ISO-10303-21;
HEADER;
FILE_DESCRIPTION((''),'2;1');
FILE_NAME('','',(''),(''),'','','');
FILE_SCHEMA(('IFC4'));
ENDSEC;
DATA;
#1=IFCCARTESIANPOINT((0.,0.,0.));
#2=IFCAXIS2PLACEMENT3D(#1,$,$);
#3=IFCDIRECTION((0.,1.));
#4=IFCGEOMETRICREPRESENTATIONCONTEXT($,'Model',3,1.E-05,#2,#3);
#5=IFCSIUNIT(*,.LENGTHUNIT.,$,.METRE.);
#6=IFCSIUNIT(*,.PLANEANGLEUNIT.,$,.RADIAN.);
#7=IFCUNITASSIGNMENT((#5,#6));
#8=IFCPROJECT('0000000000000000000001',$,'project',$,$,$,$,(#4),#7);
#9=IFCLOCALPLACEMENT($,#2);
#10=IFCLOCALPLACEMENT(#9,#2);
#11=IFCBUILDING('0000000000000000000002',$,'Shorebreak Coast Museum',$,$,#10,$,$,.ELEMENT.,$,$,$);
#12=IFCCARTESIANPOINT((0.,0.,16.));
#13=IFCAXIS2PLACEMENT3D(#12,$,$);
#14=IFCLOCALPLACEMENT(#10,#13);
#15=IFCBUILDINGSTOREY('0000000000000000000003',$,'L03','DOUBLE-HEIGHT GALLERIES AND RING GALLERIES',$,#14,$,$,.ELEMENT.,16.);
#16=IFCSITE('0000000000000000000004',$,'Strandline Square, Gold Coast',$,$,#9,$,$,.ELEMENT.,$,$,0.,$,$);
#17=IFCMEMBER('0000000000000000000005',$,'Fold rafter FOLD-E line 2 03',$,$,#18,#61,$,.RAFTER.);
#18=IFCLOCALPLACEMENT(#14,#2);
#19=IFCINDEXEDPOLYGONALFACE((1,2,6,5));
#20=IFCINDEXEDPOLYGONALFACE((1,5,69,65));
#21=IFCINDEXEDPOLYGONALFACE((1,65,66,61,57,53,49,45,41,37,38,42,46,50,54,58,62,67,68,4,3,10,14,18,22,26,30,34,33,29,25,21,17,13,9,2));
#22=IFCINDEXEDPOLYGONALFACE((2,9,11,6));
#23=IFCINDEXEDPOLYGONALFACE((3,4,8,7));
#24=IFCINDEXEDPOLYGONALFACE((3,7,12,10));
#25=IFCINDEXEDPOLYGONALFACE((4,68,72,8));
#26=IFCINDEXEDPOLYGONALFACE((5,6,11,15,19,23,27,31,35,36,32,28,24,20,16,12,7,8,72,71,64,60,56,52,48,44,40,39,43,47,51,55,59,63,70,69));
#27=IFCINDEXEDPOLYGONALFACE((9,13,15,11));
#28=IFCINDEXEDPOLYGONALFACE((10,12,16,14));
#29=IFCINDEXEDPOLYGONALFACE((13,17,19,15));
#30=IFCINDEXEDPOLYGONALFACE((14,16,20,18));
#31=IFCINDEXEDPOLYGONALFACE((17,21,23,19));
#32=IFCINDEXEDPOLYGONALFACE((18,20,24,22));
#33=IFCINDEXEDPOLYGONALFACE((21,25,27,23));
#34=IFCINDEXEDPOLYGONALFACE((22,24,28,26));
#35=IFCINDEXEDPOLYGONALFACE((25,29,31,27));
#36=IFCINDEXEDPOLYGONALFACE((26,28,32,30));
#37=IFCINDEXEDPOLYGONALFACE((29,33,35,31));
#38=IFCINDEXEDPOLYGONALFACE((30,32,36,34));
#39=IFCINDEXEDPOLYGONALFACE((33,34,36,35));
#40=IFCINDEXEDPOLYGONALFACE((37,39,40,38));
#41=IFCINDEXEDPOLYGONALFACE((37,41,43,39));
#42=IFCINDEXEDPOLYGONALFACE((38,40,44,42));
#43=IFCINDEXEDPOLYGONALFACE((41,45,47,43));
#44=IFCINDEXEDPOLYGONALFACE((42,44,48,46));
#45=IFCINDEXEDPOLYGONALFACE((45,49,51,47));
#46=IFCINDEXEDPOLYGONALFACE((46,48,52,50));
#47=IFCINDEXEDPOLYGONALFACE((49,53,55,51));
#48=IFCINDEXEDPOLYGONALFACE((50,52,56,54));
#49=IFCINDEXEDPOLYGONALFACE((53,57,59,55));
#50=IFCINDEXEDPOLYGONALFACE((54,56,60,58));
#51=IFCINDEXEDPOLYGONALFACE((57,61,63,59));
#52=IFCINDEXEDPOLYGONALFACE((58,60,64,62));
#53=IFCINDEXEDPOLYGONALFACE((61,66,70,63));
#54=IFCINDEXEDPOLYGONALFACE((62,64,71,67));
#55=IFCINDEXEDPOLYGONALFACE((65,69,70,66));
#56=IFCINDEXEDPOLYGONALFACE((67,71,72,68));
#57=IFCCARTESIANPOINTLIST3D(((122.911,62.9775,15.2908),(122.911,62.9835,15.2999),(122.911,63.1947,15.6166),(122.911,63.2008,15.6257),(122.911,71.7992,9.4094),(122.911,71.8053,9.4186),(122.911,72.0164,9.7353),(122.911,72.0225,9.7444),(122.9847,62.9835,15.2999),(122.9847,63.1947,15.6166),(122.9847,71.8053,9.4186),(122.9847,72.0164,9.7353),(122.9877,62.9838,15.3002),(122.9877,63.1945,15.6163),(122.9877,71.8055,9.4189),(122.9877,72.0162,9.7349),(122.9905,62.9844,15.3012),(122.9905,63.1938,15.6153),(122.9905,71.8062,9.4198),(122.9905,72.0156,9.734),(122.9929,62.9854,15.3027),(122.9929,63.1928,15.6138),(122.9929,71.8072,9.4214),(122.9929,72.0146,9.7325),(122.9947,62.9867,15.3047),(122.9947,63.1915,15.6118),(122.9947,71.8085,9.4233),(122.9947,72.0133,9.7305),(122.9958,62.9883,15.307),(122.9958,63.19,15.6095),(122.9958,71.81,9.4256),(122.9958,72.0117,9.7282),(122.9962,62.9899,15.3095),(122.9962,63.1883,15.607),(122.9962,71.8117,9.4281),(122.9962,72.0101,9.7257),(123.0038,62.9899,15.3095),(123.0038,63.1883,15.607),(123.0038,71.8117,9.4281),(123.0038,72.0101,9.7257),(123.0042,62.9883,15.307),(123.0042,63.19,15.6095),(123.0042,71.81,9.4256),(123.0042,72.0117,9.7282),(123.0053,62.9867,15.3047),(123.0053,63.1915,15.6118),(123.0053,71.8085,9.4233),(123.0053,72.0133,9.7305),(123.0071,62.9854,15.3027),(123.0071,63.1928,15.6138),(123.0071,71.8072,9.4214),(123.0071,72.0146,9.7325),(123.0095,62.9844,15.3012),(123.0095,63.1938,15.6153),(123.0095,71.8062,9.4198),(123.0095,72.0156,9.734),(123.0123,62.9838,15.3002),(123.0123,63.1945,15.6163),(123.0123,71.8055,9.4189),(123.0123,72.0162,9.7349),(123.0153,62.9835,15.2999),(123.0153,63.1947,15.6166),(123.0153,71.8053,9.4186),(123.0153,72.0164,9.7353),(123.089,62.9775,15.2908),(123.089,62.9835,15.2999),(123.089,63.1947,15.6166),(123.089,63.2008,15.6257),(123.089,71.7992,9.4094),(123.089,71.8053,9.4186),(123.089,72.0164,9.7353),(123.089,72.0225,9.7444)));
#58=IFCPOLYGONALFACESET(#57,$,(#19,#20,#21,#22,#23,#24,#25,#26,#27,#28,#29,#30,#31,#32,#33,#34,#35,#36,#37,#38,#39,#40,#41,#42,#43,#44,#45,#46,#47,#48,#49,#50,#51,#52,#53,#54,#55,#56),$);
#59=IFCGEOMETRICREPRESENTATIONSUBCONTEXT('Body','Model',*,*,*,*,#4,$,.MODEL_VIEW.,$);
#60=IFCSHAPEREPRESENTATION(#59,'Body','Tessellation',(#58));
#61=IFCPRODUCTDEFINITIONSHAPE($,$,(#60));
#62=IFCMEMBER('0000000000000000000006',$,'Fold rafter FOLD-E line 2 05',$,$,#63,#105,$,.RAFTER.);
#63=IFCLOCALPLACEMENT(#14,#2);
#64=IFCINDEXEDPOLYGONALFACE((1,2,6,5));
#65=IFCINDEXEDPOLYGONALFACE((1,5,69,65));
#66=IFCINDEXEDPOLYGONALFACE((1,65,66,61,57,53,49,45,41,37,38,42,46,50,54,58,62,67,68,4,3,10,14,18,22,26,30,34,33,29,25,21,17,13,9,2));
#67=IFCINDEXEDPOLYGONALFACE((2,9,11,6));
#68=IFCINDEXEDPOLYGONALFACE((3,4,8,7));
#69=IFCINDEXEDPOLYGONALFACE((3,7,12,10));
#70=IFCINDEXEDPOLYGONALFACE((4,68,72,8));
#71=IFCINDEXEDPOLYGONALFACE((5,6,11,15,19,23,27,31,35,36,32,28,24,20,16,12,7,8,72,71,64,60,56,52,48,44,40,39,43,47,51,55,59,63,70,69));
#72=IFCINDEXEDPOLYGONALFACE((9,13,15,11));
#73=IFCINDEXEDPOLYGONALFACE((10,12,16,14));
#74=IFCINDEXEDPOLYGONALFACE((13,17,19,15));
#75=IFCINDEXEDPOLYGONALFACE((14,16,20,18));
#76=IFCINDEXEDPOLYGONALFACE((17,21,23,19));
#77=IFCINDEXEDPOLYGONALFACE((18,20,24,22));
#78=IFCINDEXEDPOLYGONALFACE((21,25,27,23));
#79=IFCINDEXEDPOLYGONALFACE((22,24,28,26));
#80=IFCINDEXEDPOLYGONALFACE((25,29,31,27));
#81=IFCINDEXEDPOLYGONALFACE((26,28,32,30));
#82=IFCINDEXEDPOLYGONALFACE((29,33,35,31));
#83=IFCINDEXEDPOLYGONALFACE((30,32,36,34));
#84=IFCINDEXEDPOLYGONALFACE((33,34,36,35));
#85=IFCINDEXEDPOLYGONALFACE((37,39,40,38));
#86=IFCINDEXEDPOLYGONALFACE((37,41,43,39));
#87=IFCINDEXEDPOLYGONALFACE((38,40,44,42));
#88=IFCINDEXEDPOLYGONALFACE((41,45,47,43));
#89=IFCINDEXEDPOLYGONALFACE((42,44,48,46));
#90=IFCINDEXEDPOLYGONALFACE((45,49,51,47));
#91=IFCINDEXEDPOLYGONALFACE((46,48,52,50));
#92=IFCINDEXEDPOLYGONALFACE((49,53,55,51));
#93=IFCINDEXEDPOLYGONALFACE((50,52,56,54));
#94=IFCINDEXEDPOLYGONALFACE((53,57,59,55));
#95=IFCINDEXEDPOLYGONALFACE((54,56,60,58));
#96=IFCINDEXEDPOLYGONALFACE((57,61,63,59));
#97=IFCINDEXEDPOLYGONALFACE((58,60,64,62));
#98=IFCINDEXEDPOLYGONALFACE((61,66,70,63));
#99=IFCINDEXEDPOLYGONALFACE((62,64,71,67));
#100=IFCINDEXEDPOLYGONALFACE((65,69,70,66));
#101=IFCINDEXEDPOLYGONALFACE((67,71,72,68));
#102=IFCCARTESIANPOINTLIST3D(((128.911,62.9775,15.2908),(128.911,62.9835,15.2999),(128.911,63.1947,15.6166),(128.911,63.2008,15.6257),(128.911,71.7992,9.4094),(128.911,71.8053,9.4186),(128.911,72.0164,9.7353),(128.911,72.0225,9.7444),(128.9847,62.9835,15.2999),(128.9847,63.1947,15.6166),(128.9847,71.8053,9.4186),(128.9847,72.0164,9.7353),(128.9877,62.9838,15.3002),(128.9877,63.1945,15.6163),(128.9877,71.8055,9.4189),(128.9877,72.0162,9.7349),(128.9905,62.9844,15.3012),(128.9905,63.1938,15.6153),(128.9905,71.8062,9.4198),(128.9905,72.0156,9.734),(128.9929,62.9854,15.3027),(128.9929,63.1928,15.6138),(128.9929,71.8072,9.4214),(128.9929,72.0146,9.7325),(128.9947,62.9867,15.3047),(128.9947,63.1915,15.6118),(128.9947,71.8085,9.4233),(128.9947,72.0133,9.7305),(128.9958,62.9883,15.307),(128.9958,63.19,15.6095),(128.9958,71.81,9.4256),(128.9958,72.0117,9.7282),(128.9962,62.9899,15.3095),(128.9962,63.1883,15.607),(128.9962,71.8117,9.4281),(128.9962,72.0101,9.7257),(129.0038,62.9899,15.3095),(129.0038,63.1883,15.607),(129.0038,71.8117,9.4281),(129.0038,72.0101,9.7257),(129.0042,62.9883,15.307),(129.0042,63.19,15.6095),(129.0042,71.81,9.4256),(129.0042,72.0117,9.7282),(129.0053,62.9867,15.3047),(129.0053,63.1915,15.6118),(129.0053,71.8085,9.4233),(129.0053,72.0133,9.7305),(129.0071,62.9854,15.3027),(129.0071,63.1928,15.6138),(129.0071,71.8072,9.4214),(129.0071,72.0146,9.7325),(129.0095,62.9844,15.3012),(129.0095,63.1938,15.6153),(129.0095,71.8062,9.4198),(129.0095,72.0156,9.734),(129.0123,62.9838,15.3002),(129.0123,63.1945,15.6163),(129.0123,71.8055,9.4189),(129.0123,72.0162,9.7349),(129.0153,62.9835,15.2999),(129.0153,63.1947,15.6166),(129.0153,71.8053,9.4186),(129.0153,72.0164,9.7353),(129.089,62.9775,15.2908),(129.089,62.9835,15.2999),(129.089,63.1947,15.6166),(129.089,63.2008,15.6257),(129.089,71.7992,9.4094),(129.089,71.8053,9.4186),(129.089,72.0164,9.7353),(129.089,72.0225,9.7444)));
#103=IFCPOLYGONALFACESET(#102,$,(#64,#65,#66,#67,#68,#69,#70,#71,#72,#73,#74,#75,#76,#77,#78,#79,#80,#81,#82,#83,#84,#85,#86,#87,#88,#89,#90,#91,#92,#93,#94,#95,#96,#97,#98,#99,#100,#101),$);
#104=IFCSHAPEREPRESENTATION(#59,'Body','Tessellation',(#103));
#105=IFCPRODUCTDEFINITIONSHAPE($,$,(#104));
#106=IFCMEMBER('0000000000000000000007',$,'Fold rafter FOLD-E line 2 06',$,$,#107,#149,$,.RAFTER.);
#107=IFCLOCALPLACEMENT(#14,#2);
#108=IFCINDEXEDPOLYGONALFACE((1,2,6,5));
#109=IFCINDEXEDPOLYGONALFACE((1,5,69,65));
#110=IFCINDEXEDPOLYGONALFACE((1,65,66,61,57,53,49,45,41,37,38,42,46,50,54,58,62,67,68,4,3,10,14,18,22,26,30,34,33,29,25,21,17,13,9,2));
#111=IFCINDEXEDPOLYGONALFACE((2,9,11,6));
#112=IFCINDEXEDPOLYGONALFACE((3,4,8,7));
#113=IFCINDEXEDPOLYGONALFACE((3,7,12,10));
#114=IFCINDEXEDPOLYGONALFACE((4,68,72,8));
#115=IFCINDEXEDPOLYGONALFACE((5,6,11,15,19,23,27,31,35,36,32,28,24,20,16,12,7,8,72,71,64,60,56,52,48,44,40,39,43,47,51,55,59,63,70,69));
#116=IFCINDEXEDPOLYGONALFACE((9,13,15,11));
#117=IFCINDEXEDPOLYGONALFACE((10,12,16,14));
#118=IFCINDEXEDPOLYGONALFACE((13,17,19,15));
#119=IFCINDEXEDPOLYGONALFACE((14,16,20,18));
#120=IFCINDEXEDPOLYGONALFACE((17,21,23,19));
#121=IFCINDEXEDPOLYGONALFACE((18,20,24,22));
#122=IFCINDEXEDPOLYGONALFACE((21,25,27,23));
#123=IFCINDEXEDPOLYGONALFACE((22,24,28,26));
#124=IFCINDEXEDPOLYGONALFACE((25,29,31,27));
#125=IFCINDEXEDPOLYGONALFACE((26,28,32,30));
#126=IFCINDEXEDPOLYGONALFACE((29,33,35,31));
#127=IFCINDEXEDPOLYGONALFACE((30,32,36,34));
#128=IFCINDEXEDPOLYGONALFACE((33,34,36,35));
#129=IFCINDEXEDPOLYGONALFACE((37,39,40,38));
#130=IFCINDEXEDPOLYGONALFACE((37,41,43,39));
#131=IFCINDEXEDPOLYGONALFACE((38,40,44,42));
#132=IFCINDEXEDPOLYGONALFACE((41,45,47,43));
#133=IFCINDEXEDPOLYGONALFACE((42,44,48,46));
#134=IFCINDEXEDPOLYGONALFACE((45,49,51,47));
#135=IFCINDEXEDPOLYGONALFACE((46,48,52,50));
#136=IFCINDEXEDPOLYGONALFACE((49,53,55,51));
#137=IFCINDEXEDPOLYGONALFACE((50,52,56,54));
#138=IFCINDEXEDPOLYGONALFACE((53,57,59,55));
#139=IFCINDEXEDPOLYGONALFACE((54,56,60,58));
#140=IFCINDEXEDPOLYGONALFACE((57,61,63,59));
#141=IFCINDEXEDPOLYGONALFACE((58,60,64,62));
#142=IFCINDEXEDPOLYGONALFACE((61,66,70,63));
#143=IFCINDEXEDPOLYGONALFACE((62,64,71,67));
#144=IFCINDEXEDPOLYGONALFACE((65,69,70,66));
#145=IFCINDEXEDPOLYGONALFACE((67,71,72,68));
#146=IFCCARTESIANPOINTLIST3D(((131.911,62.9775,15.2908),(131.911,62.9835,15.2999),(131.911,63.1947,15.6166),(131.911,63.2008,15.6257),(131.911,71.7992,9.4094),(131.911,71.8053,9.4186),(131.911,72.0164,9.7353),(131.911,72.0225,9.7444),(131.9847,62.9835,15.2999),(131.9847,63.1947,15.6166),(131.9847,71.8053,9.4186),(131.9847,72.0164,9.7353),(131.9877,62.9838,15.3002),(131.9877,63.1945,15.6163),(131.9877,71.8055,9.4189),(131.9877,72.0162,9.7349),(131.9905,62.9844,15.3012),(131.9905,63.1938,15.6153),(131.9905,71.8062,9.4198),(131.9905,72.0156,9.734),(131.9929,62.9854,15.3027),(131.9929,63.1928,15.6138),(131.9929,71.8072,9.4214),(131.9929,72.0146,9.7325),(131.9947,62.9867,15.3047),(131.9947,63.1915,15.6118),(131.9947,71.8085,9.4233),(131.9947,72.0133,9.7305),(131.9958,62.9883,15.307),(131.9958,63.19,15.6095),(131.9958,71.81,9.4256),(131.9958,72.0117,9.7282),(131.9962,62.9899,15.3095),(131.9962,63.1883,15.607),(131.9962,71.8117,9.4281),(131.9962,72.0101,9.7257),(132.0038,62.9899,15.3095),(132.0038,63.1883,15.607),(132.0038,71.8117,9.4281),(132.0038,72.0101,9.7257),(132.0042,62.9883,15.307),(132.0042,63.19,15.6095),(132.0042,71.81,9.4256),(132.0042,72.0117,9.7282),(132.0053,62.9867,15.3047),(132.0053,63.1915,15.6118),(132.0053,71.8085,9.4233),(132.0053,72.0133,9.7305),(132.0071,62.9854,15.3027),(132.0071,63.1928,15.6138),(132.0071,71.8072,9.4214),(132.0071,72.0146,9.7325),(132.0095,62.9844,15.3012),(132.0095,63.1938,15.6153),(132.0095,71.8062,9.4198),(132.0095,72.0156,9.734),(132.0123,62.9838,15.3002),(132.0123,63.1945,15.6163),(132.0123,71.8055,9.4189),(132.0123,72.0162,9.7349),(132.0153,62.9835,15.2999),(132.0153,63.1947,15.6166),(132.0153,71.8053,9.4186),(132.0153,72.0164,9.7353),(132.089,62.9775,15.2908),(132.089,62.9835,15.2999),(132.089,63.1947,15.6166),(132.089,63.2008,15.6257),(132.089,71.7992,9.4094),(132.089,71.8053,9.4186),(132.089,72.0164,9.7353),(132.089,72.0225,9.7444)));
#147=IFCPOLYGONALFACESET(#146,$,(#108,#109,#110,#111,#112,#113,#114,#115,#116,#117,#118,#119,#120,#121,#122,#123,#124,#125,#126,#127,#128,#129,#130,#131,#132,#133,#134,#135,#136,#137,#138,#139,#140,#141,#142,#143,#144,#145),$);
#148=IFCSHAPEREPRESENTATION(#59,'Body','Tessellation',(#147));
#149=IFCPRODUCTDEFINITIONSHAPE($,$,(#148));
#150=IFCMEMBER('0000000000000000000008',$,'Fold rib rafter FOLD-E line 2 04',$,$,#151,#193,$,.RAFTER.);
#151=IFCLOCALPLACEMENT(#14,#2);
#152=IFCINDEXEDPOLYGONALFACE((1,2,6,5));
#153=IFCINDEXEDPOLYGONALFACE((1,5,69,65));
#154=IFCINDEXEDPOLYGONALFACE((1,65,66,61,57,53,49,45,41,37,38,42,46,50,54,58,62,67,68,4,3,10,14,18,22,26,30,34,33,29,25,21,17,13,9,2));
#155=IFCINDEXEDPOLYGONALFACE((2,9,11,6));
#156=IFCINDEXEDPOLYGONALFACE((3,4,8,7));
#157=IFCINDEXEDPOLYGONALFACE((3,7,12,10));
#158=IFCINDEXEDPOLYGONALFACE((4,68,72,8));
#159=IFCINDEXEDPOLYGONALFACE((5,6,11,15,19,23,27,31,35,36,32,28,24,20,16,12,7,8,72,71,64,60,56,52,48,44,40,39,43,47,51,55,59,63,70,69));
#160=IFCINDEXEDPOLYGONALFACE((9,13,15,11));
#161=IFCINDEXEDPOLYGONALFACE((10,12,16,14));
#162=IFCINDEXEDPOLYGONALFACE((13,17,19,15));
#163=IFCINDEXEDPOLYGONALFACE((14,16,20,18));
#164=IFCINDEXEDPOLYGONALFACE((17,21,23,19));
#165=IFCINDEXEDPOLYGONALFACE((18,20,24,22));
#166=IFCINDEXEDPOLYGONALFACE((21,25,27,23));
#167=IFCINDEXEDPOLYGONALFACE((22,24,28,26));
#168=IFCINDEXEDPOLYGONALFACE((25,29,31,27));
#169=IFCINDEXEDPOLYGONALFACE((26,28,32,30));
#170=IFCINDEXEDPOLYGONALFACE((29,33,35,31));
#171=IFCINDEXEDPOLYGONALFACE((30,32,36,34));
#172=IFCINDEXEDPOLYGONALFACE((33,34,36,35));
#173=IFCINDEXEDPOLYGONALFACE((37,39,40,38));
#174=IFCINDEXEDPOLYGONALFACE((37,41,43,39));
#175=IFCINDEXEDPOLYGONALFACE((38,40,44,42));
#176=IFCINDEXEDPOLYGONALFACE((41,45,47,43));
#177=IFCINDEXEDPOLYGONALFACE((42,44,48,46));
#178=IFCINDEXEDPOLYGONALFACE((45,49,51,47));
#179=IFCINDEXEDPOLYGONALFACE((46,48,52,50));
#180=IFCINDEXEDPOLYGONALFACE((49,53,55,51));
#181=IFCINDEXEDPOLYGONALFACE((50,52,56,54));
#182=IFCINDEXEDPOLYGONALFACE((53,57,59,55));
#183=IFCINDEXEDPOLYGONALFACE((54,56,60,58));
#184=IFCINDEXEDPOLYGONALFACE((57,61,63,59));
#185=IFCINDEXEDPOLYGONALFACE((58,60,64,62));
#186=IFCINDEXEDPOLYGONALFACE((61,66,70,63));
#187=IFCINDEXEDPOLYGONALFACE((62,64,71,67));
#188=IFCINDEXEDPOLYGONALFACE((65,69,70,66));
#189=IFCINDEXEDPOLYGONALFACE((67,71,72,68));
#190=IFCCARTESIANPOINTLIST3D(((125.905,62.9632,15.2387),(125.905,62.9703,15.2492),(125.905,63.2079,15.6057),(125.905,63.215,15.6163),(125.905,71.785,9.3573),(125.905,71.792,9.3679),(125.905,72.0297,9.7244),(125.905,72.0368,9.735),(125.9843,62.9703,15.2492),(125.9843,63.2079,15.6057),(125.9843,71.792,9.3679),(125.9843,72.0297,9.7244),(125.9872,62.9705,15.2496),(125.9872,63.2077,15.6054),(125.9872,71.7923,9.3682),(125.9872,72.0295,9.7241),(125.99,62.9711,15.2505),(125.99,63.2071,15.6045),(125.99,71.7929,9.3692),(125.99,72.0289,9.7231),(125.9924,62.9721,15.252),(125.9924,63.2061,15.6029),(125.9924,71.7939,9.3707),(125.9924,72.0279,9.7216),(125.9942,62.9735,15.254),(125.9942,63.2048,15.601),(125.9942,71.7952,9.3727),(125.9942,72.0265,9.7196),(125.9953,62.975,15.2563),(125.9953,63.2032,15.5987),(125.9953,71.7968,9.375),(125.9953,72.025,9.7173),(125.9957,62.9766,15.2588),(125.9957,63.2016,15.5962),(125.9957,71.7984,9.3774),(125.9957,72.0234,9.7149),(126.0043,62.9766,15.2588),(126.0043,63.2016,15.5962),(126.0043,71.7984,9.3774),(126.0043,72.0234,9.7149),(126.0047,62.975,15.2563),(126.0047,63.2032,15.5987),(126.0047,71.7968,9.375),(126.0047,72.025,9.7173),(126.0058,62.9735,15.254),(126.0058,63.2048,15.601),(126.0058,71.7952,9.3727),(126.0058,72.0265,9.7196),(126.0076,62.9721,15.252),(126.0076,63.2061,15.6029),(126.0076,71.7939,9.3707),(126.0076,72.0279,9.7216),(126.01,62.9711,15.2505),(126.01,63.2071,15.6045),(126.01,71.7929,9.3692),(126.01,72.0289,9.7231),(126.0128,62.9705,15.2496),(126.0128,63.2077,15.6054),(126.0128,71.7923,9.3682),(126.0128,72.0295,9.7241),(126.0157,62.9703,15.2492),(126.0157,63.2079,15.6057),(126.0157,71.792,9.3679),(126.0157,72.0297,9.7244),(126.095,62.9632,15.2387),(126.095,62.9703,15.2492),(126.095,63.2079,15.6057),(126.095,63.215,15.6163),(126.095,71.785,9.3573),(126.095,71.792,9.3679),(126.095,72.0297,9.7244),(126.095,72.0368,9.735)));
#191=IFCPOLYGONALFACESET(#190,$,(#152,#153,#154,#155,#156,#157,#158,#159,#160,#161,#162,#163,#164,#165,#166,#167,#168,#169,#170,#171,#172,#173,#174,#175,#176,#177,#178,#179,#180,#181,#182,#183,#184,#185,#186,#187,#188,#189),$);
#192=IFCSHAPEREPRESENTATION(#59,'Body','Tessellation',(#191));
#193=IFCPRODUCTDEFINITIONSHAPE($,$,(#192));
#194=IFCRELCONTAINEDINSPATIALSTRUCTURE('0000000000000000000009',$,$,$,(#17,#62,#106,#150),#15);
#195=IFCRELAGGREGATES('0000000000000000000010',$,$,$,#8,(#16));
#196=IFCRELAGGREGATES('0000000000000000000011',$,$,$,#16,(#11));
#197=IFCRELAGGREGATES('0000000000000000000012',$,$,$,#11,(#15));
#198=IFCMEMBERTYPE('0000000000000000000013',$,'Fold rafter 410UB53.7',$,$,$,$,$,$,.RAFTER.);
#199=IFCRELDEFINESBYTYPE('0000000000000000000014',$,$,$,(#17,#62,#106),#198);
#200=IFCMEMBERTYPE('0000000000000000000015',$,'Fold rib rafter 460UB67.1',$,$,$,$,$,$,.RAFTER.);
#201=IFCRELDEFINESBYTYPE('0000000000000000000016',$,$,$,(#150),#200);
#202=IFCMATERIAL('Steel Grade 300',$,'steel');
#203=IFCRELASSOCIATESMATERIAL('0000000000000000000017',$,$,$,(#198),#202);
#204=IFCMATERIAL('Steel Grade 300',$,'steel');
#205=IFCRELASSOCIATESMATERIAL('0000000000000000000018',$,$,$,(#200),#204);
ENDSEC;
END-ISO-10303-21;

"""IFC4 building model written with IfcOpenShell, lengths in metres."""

from ifc_helpers import new_model, si_unit, direction, frame, origin, origin_2d, place, context, subcontext, project, spatial, i_section, extrude, material, material_profile, profile_set, type_object, element, save


model = new_model("IFC4")

# Units and contexts
model_context = context("Model", 3, precision=1e-05, world=origin(), true_north=direction((0.0, 1.0)))
body_context = subcontext(model_context, "Body", "Model", "MODEL_VIEW")
ifc_project = project(units=[si_unit("LENGTHUNIT", "METRE"), si_unit("PLANEANGLEUNIT", "RADIAN")], contexts=[model_context])

# Site, building, storey
site_placement = place(None, origin())
site = spatial("IfcSite", under=ifc_project, at=site_placement, Name="Strandline Square, Gold Coast", CompositionType="ELEMENT", RefElevation=0.0)
building_placement = place(site_placement, origin())
building = spatial("IfcBuilding", under=site, at=building_placement, Name="Shorebreak Coast Museum", CompositionType="ELEMENT")
storey_placement = place(building_placement, frame((0.0, 0.0, 16.0)))
storey = spatial("IfcBuildingStorey", under=building, at=storey_placement, Name="L03", Description="DOUBLE-HEIGHT GALLERIES AND RING GALLERIES", CompositionType="ELEMENT", Elevation=16.0)

# Members
ifc_material_1 = material(Name="Steel Grade 300", Category="steel")
ifc_material_profile_1 = material_profile(ifc_material_1, i_section(OverallWidth=0.178, OverallDepth=0.4026, WebThickness=0.0076, FlangeThickness=0.011, FilletRadius=0.0115, at=origin_2d()), Name="410UB53.7")
ifc_profile_set_1 = profile_set([ifc_material_profile_1], Name="Steel Grade 300")
member_type_1 = type_object("IfcMemberType", Name="Fold rafter 410UB53.7", PredefinedType="RAFTER", material=ifc_profile_set_1)
for number, where, z_axis, x_axis, name in (
    (1, (123.0, 63.0891, 15.4583), (0.0, 0.832043, -0.554711), (-1.0, 0.0, 0.0), "Fold rafter FOLD-E line 2 03"),
    (2, (129.0, 63.0891, 15.4583), (0.0, 0.832043, -0.554711), (-1.0, 0.0, 0.0), "Fold rafter FOLD-E line 2 05"),
    (3, (132.0, 63.0891, 15.4583), (0.0, 0.832043, -0.554711), (-1.0, 0.0, 0.0), "Fold rafter FOLD-E line 2 06"),
):
    element("IfcMember", number, at=place(storey_placement, frame(where, z_axis=z_axis, x_axis=x_axis)), inside=storey, type_object=member_type_1, Name=name, PredefinedType="RAFTER", context=body_context, shape_type="SweptSolid", body=[
        extrude(i_section(OverallWidth=0.178, OverallDepth=0.4026, WebThickness=0.0076, FlangeThickness=0.011, FilletRadius=0.0115, at=origin_2d()), origin(), (0.0, 0.0, 1.0), 10.6025),
    ])
ifc_material_2 = material(Name="Steel Grade 300", Category="steel")
ifc_material_profile_2 = material_profile(ifc_material_2, i_section(OverallWidth=0.1899, OverallDepth=0.4539, WebThickness=0.0085, FlangeThickness=0.0127, FilletRadius=0.0115, at=origin_2d()), Name="460UB67.1")
ifc_profile_set_2 = profile_set([ifc_material_profile_2], Name="Steel Grade 300")
member_type_2 = type_object("IfcMemberType", Name="Fold rib rafter 460UB67.1", PredefinedType="RAFTER", material=ifc_profile_set_2)
member_placement = place(storey_placement, frame((126.0, 63.0891, 15.4275), z_axis=(0.0, 0.832043, -0.554711), x_axis=(-1.0, 0.0, 0.0)))
element("IfcMember", 4, at=member_placement, inside=storey, type_object=member_type_2, Name="Fold rib rafter FOLD-E line 2 04", PredefinedType="RAFTER", context=body_context, shape_type="SweptSolid", body=[
    extrude(i_section(OverallWidth=0.1899, OverallDepth=0.4539, WebThickness=0.0085, FlangeThickness=0.0127, FilletRadius=0.0115, at=origin_2d()), origin(), (0.0, 0.0, 1.0), 10.6025),
])

save(model, "model.ifc")
